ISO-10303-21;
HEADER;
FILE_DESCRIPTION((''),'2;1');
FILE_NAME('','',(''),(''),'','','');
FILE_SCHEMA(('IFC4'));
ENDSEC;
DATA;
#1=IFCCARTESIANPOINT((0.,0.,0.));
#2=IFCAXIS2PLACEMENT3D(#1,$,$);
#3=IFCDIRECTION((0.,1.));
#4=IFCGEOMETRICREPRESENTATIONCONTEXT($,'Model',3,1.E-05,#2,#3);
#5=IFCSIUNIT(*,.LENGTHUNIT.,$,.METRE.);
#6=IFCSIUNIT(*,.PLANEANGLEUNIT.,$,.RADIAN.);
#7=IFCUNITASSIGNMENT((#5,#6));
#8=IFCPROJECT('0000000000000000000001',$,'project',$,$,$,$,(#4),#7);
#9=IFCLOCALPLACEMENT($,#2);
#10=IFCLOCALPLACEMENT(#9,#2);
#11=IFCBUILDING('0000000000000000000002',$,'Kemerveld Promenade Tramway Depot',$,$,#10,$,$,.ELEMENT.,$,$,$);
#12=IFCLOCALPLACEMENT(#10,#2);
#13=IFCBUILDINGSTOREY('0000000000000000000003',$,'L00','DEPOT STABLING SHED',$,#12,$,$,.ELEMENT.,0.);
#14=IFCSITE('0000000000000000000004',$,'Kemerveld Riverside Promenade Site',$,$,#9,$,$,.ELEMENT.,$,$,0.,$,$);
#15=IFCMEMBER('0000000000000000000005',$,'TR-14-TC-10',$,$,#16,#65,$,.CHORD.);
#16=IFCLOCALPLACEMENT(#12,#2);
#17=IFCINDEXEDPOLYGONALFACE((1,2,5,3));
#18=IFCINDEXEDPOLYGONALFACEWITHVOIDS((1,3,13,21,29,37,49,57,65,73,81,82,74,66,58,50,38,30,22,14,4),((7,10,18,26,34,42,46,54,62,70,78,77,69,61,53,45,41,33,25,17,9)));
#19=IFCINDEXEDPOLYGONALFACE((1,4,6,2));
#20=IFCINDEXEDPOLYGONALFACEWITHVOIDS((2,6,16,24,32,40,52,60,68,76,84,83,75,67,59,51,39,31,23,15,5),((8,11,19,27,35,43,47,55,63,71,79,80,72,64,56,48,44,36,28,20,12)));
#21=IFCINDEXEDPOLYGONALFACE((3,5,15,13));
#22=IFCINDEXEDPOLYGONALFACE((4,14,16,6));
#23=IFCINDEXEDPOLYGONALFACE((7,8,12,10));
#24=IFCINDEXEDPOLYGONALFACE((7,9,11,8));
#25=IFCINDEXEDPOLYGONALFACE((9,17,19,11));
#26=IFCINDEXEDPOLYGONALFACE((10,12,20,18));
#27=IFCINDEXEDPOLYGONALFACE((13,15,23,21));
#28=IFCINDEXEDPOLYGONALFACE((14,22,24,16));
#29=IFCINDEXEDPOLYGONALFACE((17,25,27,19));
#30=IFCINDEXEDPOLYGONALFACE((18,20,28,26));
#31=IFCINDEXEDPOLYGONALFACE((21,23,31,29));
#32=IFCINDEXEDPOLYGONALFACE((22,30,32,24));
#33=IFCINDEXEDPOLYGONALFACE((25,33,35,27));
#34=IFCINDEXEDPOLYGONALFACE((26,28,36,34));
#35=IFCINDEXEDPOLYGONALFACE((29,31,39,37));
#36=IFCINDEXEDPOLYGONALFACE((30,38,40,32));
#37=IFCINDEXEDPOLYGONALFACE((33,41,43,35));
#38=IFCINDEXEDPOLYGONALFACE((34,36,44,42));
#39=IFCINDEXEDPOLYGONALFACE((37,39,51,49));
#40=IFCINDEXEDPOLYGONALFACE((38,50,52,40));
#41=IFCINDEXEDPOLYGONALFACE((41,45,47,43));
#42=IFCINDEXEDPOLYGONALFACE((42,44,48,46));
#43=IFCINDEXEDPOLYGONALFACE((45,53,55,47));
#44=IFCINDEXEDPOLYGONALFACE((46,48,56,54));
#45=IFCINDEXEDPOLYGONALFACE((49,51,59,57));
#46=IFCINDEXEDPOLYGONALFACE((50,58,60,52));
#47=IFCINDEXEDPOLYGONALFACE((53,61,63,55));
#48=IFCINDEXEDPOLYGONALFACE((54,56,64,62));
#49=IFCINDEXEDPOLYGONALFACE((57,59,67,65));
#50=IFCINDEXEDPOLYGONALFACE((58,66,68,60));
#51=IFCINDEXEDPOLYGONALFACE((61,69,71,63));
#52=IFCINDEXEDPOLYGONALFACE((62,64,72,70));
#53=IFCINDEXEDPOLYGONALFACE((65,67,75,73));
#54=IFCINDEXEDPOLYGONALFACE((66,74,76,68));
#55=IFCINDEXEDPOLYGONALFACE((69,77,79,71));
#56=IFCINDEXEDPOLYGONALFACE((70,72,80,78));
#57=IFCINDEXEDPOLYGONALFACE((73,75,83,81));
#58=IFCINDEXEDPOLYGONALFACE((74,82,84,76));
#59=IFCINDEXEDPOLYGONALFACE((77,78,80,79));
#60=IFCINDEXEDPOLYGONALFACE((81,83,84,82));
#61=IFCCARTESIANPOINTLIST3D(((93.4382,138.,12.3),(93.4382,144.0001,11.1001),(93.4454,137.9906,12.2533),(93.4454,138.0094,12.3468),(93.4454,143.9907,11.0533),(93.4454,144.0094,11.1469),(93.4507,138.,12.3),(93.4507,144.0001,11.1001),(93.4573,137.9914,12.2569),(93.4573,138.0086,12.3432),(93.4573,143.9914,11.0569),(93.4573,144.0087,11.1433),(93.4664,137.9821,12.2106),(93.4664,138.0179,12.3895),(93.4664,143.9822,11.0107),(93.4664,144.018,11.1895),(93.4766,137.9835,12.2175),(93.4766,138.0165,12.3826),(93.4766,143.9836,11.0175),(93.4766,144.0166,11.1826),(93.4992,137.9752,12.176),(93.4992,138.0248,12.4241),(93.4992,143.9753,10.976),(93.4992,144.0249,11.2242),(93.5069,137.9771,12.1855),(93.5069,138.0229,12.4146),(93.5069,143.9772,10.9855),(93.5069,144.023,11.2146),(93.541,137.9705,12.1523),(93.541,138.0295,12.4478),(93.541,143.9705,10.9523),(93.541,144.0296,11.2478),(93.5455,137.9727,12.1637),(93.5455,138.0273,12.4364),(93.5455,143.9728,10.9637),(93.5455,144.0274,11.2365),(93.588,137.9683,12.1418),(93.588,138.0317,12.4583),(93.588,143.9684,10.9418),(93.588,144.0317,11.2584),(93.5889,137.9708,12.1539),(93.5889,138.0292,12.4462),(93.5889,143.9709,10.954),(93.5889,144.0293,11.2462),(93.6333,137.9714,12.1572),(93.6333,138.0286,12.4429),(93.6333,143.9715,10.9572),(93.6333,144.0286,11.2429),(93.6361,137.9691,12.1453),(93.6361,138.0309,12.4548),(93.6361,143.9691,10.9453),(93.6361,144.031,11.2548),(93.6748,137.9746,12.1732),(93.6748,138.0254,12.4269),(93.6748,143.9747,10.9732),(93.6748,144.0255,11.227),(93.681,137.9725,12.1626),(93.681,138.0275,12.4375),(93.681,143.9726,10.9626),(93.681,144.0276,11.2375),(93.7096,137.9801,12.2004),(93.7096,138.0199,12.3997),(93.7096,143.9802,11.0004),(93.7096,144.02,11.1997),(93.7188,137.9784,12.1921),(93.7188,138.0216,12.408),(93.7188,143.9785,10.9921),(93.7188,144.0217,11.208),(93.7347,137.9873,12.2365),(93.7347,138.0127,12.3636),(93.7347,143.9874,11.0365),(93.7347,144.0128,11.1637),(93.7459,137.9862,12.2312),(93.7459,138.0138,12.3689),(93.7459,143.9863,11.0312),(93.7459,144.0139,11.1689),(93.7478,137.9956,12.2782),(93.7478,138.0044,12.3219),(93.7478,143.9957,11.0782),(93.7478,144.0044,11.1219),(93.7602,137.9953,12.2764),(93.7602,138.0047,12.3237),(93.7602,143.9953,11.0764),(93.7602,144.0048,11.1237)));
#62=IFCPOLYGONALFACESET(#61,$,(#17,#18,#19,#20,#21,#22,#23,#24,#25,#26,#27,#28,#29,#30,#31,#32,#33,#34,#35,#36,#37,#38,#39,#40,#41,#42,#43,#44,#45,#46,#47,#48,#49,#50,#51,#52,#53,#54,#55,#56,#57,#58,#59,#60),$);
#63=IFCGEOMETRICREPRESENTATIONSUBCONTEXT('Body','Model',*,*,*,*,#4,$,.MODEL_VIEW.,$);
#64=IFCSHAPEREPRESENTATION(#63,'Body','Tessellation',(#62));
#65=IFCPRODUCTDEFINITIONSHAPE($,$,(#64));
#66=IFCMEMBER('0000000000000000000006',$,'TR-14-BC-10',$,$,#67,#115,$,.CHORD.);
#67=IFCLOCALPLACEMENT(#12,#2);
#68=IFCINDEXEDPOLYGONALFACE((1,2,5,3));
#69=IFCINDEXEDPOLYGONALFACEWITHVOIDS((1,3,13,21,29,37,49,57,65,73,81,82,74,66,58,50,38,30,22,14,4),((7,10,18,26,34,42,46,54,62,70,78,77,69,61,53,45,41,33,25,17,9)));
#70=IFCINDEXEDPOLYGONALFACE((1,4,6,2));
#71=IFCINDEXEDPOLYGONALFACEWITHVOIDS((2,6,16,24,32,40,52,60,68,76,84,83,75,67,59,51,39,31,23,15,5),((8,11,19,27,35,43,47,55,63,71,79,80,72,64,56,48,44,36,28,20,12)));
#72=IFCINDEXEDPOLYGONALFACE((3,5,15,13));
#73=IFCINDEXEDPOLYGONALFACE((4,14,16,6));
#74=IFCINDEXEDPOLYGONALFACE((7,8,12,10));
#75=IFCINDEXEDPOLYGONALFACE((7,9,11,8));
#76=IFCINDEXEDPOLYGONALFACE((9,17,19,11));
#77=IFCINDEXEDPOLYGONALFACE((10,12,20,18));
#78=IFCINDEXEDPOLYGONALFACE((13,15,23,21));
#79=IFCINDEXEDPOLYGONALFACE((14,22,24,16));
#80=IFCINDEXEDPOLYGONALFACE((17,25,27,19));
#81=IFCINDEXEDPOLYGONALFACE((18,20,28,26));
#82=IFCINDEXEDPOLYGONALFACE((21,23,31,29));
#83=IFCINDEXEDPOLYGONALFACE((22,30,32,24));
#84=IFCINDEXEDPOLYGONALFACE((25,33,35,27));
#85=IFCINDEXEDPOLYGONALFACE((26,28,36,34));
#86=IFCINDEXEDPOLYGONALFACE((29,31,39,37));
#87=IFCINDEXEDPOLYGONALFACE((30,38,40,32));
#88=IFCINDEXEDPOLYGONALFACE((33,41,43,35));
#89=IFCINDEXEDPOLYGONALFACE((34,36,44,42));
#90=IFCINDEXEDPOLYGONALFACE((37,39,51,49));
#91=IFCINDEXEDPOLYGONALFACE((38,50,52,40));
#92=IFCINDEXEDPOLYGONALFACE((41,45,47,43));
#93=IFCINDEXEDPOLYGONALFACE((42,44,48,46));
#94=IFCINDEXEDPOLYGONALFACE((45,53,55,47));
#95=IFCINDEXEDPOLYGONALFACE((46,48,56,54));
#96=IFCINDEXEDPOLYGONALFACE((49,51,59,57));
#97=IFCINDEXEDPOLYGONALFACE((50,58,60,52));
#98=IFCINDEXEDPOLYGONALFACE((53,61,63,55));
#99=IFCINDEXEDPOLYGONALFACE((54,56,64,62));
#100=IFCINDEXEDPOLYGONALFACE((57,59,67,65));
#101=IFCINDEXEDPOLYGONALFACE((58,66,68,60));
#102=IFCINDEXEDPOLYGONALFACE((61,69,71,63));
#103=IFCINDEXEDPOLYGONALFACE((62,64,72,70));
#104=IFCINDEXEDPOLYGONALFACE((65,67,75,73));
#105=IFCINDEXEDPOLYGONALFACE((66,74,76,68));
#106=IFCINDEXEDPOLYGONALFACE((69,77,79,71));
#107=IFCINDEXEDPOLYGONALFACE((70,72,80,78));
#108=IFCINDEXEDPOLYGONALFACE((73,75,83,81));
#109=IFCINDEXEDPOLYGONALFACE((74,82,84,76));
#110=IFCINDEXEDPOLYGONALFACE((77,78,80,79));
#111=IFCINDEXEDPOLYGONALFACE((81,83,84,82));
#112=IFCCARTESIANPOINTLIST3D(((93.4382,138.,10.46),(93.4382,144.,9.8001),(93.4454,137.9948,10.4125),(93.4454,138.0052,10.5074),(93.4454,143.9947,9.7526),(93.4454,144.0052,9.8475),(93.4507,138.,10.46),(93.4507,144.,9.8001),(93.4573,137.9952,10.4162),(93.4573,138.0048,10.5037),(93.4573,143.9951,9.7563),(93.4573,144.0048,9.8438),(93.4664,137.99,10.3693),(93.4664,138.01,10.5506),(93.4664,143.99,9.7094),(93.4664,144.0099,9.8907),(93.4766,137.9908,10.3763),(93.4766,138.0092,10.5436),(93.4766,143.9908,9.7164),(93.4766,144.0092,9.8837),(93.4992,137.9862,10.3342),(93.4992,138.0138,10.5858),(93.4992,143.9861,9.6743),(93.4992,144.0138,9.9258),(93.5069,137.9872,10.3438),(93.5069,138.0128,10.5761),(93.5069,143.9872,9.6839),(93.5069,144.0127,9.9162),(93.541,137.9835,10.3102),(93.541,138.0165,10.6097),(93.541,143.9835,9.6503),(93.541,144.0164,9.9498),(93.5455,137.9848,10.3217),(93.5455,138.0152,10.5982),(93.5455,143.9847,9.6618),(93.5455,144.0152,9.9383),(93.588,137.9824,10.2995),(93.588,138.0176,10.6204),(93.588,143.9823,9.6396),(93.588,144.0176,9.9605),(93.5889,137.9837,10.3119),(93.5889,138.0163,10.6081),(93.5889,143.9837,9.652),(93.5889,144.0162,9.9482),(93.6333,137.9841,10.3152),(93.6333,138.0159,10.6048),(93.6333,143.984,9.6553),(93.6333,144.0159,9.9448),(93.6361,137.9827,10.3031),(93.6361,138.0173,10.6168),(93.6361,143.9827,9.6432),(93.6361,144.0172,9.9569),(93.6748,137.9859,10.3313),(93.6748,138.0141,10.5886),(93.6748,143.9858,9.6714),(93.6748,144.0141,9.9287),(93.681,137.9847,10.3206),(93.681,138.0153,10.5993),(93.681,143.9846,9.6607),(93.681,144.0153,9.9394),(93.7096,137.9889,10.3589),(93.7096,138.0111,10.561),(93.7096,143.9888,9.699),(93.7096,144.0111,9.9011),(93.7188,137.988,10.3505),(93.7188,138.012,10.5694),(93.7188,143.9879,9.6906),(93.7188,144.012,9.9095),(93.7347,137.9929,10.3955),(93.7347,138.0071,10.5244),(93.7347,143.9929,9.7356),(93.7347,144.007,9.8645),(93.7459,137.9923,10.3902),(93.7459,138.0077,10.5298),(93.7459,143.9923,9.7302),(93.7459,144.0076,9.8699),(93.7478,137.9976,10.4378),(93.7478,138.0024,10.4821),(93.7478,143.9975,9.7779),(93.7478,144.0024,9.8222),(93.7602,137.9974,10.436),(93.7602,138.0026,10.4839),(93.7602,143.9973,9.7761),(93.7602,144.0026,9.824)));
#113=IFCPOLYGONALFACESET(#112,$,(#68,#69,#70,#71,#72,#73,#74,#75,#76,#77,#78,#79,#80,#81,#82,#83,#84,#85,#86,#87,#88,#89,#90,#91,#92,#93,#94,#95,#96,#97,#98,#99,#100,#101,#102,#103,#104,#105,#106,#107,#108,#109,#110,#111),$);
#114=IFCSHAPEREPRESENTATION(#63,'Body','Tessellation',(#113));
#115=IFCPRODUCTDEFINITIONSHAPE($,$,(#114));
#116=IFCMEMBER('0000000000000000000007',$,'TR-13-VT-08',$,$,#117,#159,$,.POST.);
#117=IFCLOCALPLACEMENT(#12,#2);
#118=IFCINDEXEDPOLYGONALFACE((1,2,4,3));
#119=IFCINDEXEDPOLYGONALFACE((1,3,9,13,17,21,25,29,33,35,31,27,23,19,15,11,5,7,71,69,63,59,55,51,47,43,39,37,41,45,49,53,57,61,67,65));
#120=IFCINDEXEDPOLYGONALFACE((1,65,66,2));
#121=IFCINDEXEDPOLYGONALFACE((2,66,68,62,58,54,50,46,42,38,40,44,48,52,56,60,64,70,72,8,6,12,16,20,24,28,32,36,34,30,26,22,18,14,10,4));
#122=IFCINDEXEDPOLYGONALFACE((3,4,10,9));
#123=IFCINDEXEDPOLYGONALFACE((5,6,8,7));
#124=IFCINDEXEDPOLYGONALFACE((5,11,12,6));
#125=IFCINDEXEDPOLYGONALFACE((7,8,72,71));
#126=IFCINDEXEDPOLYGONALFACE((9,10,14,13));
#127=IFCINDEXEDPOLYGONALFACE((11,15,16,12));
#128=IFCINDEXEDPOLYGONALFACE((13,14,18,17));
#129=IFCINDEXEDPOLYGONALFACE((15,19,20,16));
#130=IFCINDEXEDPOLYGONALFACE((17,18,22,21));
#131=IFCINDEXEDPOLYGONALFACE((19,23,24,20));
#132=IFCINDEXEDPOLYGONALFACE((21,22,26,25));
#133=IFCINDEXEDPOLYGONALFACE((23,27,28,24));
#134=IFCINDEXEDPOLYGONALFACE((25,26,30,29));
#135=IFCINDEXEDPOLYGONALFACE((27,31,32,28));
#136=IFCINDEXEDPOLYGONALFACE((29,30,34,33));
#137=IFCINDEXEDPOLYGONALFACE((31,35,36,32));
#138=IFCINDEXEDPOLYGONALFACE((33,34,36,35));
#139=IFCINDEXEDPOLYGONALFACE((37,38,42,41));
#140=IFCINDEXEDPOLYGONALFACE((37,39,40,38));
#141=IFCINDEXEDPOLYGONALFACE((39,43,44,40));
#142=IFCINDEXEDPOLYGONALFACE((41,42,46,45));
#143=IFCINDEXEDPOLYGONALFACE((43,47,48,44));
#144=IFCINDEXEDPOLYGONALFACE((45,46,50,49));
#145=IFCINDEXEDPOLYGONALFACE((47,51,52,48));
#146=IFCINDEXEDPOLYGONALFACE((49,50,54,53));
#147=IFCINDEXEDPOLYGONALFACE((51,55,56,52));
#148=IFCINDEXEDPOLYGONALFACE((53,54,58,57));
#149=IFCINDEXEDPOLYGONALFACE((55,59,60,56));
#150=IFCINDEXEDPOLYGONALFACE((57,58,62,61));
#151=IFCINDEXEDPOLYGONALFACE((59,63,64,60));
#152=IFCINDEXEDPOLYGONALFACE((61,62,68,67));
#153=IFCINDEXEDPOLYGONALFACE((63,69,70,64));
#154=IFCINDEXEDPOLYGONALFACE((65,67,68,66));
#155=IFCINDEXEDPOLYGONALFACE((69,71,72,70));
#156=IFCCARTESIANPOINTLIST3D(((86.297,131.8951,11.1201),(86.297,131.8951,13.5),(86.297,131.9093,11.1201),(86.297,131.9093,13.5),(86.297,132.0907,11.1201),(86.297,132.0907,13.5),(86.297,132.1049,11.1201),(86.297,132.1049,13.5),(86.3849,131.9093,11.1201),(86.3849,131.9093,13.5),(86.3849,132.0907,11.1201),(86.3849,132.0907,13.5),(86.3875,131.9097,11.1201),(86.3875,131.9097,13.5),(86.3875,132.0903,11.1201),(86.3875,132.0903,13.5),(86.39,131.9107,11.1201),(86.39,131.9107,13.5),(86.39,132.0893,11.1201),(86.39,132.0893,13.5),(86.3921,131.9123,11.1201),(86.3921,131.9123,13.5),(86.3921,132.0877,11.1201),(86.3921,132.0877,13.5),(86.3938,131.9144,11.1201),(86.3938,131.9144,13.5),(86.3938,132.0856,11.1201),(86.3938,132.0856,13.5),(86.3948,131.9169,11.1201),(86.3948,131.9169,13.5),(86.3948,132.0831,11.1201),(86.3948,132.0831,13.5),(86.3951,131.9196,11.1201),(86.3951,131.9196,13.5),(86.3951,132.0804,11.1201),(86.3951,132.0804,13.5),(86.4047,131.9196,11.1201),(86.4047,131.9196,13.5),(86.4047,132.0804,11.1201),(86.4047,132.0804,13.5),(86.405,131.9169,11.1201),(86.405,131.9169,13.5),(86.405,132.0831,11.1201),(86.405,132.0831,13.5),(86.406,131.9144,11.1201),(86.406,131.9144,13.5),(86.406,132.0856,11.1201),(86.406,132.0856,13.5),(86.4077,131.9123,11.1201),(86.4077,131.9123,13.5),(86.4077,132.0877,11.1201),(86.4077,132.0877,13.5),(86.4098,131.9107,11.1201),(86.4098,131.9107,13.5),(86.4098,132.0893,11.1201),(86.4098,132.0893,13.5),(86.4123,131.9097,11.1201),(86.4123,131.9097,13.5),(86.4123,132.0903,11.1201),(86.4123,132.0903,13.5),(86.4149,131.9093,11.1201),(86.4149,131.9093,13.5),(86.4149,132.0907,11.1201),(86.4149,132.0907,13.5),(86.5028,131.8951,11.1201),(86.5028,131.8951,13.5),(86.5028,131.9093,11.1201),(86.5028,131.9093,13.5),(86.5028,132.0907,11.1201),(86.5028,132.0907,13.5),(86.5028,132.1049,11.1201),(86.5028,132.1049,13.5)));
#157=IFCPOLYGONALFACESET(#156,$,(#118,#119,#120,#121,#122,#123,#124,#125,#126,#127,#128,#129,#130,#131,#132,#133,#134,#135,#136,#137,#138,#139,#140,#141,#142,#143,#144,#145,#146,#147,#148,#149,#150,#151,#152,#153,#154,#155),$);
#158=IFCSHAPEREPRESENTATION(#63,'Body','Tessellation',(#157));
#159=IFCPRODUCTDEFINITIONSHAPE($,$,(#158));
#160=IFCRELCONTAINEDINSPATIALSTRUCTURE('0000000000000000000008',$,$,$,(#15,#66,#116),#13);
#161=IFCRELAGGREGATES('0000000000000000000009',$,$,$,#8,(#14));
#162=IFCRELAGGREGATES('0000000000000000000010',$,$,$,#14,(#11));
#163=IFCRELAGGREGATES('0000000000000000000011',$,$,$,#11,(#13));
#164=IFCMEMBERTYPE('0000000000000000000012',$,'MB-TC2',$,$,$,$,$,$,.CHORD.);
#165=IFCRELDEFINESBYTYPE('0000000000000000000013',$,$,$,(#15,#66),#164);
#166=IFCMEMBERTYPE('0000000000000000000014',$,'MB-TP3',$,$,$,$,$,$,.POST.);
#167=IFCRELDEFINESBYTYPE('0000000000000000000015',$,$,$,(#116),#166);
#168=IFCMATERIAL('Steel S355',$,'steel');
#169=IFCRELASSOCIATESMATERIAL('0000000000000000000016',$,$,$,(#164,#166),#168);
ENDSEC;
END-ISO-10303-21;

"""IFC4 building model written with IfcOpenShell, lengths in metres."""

from ifc_helpers import new_model, si_unit, direction, frame, origin, origin_2d, place, context, subcontext, project, spatial, hollow_circle, i_section, extrude, material, material_profile, profile_set, type_object, element, save


model = new_model("IFC4")

# Units and contexts
model_context = context("Model", 3, precision=1e-05, world=origin(), true_north=direction((0.0, 1.0)))
body_context = subcontext(model_context, "Body", "Model", "MODEL_VIEW")
ifc_project = project(units=[si_unit("LENGTHUNIT", "METRE"), si_unit("PLANEANGLEUNIT", "RADIAN")], contexts=[model_context])

# Site, building, storey
site_placement = place(None, origin())
site = spatial("IfcSite", under=ifc_project, at=site_placement, Name="Kemerveld Riverside Promenade Site", CompositionType="ELEMENT", RefElevation=0.0)
building_placement = place(site_placement, origin())
building = spatial("IfcBuilding", under=site, at=building_placement, Name="Kemerveld Promenade Tramway Depot", CompositionType="ELEMENT")
storey_placement = place(building_placement, origin())
storey = spatial("IfcBuildingStorey", under=building, at=storey_placement, Name="L00", Description="DEPOT STABLING SHED", CompositionType="ELEMENT", Elevation=0.0)

# Members
ifc_material_1 = material(Name="Steel S355", Category="steel")
ifc_material_profile_1 = material_profile(ifc_material_1, hollow_circle(Radius=0.1619, WallThickness=0.0125, at=origin_2d()), Name="323.9x12.5 CHS")
ifc_profile_set_1 = profile_set([ifc_material_profile_1], Name="Steel S355")
member_type_1 = type_object("IfcMemberType", Name="MB-TC2", PredefinedType="CHORD", material=ifc_profile_set_1)
member_1_placement = place(storey_placement, frame((93.6001, 138.0, 12.3), z_axis=(0.0, 0.980582, -0.196108), x_axis=(-1.0, 0.0, 0.0)))
element("IfcMember", 1, at=member_1_placement, inside=storey, type_object=member_type_1, Name="TR-14-TC-10", PredefinedType="CHORD", context=body_context, shape_type="SweptSolid", body=[
    extrude(hollow_circle(Radius=0.1619, WallThickness=0.0125, at=origin_2d()), origin(), (0.0, 0.0, 1.0), 6.1189),
])
member_2_placement = place(storey_placement, frame((93.6001, 138.0, 10.46), z_axis=(0.0, 0.994006, -0.109326), x_axis=(-1.0, 0.0, 0.0)))
element("IfcMember", 2, at=member_2_placement, inside=storey, type_object=member_type_1, Name="TR-14-BC-10", PredefinedType="CHORD", context=body_context, shape_type="SweptSolid", body=[
    extrude(hollow_circle(Radius=0.1619, WallThickness=0.0125, at=origin_2d()), origin(), (0.0, 0.0, 1.0), 6.0361),
])
ifc_material_profile_2 = material_profile(ifc_material_1, i_section(OverallWidth=0.2058, OverallDepth=0.2097, WebThickness=0.0095, FlangeThickness=0.0142, FilletRadius=0.0103, at=origin_2d()), Name="203x203x60 UC")
ifc_profile_set_2 = profile_set([ifc_material_profile_2], Name="Steel S355")
member_type_2 = type_object("IfcMemberType", Name="MB-TP3", PredefinedType="POST", material=ifc_profile_set_2)
member_3_placement = place(storey_placement, frame((86.3999, 132.0, 11.1201), z_axis=(0.0, 0.0, 1.0), x_axis=(1.0, 0.0, 0.0)))
element("IfcMember", 3, at=member_3_placement, inside=storey, type_object=member_type_2, Name="TR-13-VT-08", PredefinedType="POST", context=body_context, shape_type="SweptSolid", body=[
    extrude(i_section(OverallWidth=0.2058, OverallDepth=0.2097, WebThickness=0.0095, FlangeThickness=0.0142, FilletRadius=0.0103, at=origin_2d()), origin(), (0.0, 0.0, 1.0), 2.3799),
])

save(model, "model.ifc")
